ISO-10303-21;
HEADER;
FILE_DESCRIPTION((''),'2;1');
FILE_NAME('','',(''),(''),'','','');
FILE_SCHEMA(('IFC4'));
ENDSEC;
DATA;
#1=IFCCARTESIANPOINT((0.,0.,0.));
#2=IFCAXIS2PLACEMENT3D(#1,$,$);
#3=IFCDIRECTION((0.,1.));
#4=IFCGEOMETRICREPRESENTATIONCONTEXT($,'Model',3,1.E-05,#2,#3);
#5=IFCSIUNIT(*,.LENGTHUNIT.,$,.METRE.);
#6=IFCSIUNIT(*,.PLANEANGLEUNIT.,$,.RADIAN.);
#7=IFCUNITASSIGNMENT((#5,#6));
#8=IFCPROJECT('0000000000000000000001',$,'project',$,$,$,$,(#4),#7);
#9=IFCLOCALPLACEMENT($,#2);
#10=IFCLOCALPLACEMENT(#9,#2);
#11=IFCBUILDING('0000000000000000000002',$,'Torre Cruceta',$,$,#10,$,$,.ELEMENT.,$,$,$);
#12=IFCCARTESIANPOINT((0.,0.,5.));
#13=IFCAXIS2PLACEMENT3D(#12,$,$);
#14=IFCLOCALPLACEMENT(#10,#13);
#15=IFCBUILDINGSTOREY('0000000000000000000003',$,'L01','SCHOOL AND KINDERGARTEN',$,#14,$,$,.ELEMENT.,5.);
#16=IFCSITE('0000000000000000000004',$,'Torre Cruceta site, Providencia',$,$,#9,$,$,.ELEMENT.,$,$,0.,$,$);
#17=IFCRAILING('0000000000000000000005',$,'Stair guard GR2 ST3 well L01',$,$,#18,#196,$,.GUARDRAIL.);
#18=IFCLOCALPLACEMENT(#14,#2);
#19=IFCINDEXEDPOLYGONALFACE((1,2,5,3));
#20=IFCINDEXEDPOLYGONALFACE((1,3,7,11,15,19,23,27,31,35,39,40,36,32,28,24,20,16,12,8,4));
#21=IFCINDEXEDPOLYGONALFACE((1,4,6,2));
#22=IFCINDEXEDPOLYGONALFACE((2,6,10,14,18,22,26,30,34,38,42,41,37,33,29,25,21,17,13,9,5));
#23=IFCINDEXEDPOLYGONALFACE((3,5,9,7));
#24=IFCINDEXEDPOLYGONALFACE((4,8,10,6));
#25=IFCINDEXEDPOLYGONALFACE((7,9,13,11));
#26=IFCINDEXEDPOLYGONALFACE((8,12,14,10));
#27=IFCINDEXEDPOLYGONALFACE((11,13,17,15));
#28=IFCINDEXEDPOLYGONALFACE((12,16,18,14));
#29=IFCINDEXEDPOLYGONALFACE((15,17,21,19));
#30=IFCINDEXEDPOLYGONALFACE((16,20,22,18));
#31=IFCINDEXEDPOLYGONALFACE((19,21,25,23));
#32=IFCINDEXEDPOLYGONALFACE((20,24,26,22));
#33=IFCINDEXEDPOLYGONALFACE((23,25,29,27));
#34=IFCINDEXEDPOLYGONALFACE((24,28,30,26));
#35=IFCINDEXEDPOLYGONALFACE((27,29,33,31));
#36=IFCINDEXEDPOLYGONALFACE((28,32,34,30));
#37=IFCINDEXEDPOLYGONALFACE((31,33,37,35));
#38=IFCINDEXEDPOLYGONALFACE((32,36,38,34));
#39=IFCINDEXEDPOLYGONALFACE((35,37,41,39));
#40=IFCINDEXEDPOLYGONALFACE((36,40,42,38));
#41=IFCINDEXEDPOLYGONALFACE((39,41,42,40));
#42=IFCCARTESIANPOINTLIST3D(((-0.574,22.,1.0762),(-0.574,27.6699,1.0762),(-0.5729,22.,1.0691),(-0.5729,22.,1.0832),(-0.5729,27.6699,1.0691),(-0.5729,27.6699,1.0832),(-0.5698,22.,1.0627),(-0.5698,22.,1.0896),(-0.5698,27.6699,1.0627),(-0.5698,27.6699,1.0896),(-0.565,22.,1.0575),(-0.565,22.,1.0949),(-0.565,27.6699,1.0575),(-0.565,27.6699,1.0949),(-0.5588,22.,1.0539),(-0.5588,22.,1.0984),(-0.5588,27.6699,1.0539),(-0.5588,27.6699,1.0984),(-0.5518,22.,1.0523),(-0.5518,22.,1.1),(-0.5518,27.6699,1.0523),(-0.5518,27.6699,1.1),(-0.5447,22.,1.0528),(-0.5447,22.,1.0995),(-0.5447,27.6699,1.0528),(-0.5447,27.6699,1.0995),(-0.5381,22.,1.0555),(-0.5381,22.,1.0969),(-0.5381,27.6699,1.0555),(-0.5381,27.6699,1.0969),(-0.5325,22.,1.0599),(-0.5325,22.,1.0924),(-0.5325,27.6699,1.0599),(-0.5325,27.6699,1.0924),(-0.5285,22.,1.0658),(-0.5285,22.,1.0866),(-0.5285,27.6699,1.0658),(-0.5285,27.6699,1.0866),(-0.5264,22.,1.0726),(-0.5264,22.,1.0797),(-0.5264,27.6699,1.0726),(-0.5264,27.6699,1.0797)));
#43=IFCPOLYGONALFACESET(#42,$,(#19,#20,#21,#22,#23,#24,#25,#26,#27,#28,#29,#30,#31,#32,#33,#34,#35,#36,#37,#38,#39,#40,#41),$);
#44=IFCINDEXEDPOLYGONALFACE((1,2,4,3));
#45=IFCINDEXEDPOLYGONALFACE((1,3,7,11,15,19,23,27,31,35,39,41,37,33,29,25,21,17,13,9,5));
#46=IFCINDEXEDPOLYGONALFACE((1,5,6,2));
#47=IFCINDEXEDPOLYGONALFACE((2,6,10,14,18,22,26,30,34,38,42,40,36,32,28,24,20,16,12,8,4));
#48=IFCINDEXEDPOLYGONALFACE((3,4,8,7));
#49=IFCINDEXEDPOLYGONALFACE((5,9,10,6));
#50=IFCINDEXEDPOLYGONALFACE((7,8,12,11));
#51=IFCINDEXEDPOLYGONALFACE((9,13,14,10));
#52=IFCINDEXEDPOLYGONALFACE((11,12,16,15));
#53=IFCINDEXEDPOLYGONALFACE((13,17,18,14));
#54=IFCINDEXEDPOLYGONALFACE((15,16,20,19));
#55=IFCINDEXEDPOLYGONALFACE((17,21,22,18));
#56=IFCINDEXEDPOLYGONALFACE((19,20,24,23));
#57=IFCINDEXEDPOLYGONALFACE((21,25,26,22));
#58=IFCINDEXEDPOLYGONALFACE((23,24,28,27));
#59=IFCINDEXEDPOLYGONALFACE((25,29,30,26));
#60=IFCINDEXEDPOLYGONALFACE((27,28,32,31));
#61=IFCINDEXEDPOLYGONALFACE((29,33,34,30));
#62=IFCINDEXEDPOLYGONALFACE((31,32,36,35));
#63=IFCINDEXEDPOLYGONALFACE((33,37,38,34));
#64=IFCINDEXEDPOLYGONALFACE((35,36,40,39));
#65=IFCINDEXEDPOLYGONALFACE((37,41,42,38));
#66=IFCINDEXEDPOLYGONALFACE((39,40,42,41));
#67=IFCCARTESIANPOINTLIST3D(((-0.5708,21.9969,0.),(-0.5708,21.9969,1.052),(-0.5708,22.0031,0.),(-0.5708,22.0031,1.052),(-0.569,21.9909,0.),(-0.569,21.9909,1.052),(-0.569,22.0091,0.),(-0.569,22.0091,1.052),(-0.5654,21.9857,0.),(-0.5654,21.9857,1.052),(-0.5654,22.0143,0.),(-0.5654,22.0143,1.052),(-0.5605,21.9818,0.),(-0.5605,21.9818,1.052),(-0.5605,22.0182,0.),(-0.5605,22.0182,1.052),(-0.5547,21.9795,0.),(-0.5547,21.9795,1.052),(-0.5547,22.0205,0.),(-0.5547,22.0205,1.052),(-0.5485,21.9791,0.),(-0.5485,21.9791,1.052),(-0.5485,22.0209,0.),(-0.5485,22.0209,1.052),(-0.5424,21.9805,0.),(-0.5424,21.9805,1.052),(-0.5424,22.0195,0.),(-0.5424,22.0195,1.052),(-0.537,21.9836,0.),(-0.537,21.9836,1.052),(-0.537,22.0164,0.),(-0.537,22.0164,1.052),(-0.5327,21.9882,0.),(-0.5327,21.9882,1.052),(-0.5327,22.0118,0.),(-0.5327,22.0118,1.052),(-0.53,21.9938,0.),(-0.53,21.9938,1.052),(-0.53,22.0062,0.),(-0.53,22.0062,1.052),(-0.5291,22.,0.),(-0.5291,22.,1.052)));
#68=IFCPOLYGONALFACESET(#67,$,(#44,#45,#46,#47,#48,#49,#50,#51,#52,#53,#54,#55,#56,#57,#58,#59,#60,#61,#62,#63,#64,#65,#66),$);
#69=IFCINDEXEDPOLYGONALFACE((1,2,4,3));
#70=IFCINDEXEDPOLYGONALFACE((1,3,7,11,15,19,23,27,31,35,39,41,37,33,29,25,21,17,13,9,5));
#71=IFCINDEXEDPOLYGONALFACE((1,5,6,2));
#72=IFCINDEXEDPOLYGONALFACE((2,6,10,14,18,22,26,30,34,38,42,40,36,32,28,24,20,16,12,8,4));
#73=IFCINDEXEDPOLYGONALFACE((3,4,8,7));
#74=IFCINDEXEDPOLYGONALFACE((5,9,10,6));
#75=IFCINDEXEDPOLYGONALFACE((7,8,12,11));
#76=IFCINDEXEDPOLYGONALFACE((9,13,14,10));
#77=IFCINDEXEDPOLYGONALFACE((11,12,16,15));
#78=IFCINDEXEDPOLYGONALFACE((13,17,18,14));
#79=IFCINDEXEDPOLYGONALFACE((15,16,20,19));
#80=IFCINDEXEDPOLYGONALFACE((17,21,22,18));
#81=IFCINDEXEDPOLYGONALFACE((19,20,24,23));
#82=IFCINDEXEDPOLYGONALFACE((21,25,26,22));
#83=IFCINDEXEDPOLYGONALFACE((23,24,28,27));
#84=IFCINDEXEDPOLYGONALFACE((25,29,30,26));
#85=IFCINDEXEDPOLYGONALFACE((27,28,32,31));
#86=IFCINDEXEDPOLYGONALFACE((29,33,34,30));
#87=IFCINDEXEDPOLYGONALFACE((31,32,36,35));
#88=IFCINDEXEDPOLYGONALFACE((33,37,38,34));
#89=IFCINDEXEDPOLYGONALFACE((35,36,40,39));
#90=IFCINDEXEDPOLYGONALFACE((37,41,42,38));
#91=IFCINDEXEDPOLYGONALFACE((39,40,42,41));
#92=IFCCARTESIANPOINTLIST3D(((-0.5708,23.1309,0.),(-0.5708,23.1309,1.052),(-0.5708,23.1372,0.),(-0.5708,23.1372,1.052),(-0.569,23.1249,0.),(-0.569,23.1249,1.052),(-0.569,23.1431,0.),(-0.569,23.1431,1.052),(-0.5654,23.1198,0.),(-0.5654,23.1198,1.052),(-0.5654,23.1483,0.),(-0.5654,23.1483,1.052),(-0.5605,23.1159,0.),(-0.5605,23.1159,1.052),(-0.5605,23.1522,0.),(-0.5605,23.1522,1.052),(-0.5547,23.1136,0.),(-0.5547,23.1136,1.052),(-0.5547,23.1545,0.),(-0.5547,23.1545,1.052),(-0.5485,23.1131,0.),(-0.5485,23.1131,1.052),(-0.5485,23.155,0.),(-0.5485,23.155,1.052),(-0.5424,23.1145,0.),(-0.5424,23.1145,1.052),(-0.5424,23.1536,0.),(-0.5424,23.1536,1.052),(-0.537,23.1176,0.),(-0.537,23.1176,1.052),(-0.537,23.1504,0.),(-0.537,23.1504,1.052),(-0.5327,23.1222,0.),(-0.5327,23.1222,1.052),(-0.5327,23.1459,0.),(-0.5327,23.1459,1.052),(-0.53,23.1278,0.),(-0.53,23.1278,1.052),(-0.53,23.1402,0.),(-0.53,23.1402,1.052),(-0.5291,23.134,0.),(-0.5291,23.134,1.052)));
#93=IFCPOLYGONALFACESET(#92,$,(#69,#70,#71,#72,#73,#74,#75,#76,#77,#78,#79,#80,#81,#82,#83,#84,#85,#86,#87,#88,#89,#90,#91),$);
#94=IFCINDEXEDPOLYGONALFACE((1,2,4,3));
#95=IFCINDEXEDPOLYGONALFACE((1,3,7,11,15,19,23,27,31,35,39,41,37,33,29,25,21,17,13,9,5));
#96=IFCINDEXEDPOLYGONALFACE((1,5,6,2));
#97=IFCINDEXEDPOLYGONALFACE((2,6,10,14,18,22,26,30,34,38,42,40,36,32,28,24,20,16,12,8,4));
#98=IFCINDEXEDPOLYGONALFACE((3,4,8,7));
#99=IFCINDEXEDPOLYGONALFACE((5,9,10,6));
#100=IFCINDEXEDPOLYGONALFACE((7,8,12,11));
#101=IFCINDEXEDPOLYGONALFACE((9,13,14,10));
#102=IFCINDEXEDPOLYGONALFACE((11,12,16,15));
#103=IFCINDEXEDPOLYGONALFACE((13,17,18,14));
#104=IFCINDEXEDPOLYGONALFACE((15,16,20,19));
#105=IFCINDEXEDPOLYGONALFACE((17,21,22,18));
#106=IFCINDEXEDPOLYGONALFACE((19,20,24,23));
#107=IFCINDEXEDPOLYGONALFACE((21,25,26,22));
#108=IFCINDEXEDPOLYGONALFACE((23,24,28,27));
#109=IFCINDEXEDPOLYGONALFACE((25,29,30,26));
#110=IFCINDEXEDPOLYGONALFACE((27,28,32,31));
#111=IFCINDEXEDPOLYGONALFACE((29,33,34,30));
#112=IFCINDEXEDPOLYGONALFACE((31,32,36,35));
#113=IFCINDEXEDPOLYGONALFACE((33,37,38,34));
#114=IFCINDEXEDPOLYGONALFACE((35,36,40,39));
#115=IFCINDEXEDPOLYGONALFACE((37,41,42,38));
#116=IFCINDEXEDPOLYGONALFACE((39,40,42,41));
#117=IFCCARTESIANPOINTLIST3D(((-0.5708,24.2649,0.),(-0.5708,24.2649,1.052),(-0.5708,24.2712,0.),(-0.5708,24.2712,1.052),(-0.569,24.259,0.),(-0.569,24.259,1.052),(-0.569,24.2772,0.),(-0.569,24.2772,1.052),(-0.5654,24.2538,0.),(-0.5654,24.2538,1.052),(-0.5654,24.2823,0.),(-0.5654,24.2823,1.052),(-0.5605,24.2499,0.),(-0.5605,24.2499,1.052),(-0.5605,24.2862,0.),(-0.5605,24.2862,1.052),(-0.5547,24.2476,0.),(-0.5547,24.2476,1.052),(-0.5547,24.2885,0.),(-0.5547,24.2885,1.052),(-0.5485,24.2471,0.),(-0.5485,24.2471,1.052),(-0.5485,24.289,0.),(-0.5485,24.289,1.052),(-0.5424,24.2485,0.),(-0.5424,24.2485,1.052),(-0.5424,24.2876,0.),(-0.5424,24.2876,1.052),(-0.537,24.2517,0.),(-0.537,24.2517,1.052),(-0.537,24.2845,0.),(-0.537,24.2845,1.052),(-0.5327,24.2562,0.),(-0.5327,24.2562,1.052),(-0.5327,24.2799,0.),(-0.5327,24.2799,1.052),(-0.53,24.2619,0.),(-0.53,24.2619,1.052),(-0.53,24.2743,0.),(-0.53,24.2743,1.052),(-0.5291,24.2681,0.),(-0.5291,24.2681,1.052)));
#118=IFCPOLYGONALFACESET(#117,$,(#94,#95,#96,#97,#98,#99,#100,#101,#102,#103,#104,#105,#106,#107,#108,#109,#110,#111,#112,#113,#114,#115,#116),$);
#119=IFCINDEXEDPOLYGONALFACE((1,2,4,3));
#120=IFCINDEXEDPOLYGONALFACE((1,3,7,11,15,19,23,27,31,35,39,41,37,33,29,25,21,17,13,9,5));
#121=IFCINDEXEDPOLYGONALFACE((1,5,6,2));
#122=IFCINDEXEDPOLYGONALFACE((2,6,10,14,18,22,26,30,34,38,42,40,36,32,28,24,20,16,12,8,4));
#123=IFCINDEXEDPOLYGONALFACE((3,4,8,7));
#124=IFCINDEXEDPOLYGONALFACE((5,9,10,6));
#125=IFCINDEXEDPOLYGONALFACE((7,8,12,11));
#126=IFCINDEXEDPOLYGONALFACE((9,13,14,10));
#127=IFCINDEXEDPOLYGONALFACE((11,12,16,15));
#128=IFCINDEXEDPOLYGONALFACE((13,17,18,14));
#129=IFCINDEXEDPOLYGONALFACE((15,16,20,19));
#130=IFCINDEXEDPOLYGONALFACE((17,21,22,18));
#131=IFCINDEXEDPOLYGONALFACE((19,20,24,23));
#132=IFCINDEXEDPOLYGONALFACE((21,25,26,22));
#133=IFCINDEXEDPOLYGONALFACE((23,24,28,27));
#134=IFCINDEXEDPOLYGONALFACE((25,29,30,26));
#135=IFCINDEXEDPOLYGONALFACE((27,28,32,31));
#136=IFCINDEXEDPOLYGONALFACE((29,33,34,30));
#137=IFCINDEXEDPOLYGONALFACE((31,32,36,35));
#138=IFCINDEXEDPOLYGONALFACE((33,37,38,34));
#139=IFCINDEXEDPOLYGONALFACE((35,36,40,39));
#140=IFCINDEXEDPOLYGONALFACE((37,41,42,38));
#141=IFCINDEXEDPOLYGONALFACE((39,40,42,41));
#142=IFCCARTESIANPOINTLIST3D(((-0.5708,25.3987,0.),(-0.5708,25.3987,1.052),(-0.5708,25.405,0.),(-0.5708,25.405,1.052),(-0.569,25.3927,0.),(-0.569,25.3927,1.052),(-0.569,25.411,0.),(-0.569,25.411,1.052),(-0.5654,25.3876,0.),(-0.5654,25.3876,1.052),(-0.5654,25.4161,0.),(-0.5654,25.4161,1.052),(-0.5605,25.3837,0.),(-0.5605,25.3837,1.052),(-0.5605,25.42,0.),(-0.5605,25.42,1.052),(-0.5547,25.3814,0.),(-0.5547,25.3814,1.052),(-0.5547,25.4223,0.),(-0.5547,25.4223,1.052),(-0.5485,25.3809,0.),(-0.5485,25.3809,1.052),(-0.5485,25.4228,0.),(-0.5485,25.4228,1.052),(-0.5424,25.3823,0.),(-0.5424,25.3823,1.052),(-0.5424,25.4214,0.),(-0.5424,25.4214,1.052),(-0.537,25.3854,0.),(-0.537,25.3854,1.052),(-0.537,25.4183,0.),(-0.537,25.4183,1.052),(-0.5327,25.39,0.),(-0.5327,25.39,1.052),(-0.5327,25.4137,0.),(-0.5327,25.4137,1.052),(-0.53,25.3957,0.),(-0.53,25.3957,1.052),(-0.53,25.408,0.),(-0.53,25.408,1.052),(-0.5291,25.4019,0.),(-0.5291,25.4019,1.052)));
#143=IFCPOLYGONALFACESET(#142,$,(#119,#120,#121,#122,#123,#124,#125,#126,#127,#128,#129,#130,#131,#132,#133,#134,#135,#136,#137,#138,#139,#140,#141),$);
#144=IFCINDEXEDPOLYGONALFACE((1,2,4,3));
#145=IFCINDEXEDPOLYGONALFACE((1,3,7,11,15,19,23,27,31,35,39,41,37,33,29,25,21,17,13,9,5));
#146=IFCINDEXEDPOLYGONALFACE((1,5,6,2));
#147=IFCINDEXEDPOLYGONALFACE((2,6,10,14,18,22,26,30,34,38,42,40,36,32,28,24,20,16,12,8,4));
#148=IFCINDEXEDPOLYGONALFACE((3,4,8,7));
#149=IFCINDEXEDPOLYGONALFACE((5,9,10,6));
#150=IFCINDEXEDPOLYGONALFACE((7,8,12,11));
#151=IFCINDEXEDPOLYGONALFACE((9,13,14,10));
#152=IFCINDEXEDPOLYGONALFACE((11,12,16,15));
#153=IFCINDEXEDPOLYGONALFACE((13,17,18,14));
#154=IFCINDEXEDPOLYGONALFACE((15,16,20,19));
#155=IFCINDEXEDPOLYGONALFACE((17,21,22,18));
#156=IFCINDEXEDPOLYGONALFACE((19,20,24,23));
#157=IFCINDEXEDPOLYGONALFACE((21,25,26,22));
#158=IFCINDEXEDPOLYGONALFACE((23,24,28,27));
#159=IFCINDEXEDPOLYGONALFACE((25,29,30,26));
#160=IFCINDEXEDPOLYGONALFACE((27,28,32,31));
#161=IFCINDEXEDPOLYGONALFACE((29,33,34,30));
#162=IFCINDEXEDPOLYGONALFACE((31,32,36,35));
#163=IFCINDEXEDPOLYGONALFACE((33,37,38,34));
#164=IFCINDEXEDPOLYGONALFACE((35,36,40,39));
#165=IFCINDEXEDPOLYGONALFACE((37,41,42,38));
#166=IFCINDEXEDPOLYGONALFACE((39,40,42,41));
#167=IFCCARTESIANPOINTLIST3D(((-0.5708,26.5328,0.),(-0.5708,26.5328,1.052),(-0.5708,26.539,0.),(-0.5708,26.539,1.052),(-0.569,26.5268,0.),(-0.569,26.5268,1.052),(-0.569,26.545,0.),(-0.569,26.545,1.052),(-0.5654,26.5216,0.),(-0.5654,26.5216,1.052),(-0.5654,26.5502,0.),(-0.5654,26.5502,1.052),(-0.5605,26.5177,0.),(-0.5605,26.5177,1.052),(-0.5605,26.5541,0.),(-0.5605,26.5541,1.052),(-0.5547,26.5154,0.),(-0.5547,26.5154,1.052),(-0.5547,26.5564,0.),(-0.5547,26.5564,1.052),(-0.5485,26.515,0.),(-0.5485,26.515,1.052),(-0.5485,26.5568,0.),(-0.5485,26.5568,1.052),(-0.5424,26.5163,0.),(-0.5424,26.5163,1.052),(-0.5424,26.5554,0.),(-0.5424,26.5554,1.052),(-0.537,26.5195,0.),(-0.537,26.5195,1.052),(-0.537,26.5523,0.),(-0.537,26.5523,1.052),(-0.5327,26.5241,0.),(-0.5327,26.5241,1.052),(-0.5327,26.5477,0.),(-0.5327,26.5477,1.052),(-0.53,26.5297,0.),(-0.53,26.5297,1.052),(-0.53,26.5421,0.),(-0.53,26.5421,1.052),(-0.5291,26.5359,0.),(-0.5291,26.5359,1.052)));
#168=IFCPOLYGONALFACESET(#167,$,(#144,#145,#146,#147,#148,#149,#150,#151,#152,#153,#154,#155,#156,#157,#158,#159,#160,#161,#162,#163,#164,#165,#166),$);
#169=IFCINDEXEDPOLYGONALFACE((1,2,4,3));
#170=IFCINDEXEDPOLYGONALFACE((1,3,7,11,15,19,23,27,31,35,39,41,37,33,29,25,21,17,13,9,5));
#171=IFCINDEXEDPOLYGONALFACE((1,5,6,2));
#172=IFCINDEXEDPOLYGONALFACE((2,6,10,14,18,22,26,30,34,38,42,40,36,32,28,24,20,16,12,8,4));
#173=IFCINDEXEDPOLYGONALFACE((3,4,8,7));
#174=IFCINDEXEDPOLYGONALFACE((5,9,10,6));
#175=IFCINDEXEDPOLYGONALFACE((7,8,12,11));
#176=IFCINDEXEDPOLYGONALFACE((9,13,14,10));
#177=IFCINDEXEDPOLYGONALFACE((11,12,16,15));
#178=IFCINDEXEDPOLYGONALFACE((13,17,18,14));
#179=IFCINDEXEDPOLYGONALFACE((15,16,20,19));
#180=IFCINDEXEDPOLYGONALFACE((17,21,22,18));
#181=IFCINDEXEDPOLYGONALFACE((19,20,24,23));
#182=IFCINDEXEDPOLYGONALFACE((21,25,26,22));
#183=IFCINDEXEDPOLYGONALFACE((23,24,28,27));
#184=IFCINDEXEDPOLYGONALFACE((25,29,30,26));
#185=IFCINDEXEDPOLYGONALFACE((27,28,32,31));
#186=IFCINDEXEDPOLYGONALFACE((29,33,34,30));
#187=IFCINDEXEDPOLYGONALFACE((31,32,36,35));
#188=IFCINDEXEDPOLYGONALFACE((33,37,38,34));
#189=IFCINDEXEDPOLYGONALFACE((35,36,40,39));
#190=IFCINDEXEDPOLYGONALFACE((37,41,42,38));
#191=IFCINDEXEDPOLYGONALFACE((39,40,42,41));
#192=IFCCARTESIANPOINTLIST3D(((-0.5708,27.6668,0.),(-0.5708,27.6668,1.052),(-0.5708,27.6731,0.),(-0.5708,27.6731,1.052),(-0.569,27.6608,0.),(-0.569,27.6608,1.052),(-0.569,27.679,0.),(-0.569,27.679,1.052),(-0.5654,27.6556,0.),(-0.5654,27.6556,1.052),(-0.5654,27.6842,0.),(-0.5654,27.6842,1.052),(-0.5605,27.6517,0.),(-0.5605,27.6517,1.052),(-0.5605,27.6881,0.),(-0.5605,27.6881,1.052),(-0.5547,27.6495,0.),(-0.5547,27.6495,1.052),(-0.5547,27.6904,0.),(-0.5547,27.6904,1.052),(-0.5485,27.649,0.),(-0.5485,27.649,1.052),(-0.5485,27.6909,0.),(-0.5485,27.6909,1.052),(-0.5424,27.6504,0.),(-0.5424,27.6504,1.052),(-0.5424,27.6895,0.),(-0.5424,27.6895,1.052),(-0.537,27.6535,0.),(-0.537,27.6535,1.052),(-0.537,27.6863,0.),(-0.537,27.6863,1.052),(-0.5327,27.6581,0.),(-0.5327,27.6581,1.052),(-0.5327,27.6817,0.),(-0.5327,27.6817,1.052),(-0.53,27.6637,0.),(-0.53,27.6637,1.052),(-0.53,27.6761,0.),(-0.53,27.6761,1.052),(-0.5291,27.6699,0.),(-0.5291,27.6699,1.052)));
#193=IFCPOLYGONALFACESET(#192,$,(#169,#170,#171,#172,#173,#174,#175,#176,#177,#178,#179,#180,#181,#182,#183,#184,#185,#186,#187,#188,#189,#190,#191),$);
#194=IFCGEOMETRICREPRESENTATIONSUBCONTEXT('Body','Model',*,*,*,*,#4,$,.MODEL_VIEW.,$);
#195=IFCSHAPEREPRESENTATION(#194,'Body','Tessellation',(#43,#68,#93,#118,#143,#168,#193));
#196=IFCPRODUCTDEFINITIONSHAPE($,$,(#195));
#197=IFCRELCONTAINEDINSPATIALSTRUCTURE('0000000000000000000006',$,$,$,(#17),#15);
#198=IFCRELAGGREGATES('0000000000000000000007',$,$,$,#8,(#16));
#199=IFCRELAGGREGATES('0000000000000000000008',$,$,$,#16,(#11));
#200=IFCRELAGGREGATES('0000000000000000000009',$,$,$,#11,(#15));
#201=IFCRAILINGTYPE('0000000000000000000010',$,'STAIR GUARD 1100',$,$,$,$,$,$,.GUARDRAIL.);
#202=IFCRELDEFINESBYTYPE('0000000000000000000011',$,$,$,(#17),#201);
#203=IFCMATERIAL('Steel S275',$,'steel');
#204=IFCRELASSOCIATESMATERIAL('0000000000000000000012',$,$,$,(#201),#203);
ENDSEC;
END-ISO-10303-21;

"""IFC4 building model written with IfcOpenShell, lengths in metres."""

from ifc_helpers import new_model, si_unit, direction, frame, origin, origin_2d, place, context, subcontext, project, spatial, circle, extrude, material, type_object, element, save


model = new_model("IFC4")

# Units and contexts
model_context = context("Model", 3, precision=1e-05, world=origin(), true_north=direction((0.0, 1.0)))
body_context = subcontext(model_context, "Body", "Model", "MODEL_VIEW")
ifc_project = project(units=[si_unit("LENGTHUNIT", "METRE"), si_unit("PLANEANGLEUNIT", "RADIAN")], contexts=[model_context])

# Site, building, storey
site_placement = place(None, origin())
site = spatial("IfcSite", under=ifc_project, at=site_placement, Name="Torre Cruceta site, Providencia", CompositionType="ELEMENT", RefElevation=0.0)
building_placement = place(site_placement, origin())
building = spatial("IfcBuilding", under=site, at=building_placement, Name="Torre Cruceta", CompositionType="ELEMENT")
storey_placement = place(building_placement, frame((0.0, 0.0, 5.0)))
storey = spatial("IfcBuildingStorey", under=building, at=storey_placement, Name="L01", Description="SCHOOL AND KINDERGARTEN", CompositionType="ELEMENT", Elevation=5.0)

# Railing
ifc_material_1 = material(Name="Steel S275", Category="steel")
railing_type_1 = type_object("IfcRailingType", Name="STAIR GUARD 1100", PredefinedType="GUARDRAIL", material=ifc_material_1)
railing_1_placement = place(storey_placement, frame((-0.55, 22.0, 0.0)))
element("IfcRailing", 1, at=railing_1_placement, inside=storey, type_object=railing_type_1, Name="Stair guard GR2 ST3 well L01", PredefinedType="GUARDRAIL", context=body_context, shape_type="SweptSolid", body=[
    extrude(circle(Radius=0.0239, at=origin_2d()), frame((0.0, 0.0, 1.0762), z_axis=(0.0, 1.0, 0.0), x_axis=(-1.0, 0.0, 0.0)), (0.0, 0.0, 1.0), 5.6699),
    extrude(circle(Radius=0.021, at=origin_2d()), origin(), (0.0, 0.0, 1.0), 1.052),
    extrude(circle(Radius=0.021, at=origin_2d()), frame((0.0, 1.134, 0.0)), (0.0, 0.0, 1.0), 1.052),
    extrude(circle(Radius=0.021, at=origin_2d()), frame((0.0, 2.2681, 0.0)), (0.0, 0.0, 1.0), 1.052),
    extrude(circle(Radius=0.021, at=origin_2d()), frame((0.0, 3.4019, 0.0)), (0.0, 0.0, 1.0), 1.052),
    extrude(circle(Radius=0.021, at=origin_2d()), frame((0.0, 4.5359, 0.0)), (0.0, 0.0, 1.0), 1.052),
    extrude(circle(Radius=0.021, at=origin_2d()), frame((0.0, 5.6699, 0.0)), (0.0, 0.0, 1.0), 1.052),
])

save(model, "model.ifc")
